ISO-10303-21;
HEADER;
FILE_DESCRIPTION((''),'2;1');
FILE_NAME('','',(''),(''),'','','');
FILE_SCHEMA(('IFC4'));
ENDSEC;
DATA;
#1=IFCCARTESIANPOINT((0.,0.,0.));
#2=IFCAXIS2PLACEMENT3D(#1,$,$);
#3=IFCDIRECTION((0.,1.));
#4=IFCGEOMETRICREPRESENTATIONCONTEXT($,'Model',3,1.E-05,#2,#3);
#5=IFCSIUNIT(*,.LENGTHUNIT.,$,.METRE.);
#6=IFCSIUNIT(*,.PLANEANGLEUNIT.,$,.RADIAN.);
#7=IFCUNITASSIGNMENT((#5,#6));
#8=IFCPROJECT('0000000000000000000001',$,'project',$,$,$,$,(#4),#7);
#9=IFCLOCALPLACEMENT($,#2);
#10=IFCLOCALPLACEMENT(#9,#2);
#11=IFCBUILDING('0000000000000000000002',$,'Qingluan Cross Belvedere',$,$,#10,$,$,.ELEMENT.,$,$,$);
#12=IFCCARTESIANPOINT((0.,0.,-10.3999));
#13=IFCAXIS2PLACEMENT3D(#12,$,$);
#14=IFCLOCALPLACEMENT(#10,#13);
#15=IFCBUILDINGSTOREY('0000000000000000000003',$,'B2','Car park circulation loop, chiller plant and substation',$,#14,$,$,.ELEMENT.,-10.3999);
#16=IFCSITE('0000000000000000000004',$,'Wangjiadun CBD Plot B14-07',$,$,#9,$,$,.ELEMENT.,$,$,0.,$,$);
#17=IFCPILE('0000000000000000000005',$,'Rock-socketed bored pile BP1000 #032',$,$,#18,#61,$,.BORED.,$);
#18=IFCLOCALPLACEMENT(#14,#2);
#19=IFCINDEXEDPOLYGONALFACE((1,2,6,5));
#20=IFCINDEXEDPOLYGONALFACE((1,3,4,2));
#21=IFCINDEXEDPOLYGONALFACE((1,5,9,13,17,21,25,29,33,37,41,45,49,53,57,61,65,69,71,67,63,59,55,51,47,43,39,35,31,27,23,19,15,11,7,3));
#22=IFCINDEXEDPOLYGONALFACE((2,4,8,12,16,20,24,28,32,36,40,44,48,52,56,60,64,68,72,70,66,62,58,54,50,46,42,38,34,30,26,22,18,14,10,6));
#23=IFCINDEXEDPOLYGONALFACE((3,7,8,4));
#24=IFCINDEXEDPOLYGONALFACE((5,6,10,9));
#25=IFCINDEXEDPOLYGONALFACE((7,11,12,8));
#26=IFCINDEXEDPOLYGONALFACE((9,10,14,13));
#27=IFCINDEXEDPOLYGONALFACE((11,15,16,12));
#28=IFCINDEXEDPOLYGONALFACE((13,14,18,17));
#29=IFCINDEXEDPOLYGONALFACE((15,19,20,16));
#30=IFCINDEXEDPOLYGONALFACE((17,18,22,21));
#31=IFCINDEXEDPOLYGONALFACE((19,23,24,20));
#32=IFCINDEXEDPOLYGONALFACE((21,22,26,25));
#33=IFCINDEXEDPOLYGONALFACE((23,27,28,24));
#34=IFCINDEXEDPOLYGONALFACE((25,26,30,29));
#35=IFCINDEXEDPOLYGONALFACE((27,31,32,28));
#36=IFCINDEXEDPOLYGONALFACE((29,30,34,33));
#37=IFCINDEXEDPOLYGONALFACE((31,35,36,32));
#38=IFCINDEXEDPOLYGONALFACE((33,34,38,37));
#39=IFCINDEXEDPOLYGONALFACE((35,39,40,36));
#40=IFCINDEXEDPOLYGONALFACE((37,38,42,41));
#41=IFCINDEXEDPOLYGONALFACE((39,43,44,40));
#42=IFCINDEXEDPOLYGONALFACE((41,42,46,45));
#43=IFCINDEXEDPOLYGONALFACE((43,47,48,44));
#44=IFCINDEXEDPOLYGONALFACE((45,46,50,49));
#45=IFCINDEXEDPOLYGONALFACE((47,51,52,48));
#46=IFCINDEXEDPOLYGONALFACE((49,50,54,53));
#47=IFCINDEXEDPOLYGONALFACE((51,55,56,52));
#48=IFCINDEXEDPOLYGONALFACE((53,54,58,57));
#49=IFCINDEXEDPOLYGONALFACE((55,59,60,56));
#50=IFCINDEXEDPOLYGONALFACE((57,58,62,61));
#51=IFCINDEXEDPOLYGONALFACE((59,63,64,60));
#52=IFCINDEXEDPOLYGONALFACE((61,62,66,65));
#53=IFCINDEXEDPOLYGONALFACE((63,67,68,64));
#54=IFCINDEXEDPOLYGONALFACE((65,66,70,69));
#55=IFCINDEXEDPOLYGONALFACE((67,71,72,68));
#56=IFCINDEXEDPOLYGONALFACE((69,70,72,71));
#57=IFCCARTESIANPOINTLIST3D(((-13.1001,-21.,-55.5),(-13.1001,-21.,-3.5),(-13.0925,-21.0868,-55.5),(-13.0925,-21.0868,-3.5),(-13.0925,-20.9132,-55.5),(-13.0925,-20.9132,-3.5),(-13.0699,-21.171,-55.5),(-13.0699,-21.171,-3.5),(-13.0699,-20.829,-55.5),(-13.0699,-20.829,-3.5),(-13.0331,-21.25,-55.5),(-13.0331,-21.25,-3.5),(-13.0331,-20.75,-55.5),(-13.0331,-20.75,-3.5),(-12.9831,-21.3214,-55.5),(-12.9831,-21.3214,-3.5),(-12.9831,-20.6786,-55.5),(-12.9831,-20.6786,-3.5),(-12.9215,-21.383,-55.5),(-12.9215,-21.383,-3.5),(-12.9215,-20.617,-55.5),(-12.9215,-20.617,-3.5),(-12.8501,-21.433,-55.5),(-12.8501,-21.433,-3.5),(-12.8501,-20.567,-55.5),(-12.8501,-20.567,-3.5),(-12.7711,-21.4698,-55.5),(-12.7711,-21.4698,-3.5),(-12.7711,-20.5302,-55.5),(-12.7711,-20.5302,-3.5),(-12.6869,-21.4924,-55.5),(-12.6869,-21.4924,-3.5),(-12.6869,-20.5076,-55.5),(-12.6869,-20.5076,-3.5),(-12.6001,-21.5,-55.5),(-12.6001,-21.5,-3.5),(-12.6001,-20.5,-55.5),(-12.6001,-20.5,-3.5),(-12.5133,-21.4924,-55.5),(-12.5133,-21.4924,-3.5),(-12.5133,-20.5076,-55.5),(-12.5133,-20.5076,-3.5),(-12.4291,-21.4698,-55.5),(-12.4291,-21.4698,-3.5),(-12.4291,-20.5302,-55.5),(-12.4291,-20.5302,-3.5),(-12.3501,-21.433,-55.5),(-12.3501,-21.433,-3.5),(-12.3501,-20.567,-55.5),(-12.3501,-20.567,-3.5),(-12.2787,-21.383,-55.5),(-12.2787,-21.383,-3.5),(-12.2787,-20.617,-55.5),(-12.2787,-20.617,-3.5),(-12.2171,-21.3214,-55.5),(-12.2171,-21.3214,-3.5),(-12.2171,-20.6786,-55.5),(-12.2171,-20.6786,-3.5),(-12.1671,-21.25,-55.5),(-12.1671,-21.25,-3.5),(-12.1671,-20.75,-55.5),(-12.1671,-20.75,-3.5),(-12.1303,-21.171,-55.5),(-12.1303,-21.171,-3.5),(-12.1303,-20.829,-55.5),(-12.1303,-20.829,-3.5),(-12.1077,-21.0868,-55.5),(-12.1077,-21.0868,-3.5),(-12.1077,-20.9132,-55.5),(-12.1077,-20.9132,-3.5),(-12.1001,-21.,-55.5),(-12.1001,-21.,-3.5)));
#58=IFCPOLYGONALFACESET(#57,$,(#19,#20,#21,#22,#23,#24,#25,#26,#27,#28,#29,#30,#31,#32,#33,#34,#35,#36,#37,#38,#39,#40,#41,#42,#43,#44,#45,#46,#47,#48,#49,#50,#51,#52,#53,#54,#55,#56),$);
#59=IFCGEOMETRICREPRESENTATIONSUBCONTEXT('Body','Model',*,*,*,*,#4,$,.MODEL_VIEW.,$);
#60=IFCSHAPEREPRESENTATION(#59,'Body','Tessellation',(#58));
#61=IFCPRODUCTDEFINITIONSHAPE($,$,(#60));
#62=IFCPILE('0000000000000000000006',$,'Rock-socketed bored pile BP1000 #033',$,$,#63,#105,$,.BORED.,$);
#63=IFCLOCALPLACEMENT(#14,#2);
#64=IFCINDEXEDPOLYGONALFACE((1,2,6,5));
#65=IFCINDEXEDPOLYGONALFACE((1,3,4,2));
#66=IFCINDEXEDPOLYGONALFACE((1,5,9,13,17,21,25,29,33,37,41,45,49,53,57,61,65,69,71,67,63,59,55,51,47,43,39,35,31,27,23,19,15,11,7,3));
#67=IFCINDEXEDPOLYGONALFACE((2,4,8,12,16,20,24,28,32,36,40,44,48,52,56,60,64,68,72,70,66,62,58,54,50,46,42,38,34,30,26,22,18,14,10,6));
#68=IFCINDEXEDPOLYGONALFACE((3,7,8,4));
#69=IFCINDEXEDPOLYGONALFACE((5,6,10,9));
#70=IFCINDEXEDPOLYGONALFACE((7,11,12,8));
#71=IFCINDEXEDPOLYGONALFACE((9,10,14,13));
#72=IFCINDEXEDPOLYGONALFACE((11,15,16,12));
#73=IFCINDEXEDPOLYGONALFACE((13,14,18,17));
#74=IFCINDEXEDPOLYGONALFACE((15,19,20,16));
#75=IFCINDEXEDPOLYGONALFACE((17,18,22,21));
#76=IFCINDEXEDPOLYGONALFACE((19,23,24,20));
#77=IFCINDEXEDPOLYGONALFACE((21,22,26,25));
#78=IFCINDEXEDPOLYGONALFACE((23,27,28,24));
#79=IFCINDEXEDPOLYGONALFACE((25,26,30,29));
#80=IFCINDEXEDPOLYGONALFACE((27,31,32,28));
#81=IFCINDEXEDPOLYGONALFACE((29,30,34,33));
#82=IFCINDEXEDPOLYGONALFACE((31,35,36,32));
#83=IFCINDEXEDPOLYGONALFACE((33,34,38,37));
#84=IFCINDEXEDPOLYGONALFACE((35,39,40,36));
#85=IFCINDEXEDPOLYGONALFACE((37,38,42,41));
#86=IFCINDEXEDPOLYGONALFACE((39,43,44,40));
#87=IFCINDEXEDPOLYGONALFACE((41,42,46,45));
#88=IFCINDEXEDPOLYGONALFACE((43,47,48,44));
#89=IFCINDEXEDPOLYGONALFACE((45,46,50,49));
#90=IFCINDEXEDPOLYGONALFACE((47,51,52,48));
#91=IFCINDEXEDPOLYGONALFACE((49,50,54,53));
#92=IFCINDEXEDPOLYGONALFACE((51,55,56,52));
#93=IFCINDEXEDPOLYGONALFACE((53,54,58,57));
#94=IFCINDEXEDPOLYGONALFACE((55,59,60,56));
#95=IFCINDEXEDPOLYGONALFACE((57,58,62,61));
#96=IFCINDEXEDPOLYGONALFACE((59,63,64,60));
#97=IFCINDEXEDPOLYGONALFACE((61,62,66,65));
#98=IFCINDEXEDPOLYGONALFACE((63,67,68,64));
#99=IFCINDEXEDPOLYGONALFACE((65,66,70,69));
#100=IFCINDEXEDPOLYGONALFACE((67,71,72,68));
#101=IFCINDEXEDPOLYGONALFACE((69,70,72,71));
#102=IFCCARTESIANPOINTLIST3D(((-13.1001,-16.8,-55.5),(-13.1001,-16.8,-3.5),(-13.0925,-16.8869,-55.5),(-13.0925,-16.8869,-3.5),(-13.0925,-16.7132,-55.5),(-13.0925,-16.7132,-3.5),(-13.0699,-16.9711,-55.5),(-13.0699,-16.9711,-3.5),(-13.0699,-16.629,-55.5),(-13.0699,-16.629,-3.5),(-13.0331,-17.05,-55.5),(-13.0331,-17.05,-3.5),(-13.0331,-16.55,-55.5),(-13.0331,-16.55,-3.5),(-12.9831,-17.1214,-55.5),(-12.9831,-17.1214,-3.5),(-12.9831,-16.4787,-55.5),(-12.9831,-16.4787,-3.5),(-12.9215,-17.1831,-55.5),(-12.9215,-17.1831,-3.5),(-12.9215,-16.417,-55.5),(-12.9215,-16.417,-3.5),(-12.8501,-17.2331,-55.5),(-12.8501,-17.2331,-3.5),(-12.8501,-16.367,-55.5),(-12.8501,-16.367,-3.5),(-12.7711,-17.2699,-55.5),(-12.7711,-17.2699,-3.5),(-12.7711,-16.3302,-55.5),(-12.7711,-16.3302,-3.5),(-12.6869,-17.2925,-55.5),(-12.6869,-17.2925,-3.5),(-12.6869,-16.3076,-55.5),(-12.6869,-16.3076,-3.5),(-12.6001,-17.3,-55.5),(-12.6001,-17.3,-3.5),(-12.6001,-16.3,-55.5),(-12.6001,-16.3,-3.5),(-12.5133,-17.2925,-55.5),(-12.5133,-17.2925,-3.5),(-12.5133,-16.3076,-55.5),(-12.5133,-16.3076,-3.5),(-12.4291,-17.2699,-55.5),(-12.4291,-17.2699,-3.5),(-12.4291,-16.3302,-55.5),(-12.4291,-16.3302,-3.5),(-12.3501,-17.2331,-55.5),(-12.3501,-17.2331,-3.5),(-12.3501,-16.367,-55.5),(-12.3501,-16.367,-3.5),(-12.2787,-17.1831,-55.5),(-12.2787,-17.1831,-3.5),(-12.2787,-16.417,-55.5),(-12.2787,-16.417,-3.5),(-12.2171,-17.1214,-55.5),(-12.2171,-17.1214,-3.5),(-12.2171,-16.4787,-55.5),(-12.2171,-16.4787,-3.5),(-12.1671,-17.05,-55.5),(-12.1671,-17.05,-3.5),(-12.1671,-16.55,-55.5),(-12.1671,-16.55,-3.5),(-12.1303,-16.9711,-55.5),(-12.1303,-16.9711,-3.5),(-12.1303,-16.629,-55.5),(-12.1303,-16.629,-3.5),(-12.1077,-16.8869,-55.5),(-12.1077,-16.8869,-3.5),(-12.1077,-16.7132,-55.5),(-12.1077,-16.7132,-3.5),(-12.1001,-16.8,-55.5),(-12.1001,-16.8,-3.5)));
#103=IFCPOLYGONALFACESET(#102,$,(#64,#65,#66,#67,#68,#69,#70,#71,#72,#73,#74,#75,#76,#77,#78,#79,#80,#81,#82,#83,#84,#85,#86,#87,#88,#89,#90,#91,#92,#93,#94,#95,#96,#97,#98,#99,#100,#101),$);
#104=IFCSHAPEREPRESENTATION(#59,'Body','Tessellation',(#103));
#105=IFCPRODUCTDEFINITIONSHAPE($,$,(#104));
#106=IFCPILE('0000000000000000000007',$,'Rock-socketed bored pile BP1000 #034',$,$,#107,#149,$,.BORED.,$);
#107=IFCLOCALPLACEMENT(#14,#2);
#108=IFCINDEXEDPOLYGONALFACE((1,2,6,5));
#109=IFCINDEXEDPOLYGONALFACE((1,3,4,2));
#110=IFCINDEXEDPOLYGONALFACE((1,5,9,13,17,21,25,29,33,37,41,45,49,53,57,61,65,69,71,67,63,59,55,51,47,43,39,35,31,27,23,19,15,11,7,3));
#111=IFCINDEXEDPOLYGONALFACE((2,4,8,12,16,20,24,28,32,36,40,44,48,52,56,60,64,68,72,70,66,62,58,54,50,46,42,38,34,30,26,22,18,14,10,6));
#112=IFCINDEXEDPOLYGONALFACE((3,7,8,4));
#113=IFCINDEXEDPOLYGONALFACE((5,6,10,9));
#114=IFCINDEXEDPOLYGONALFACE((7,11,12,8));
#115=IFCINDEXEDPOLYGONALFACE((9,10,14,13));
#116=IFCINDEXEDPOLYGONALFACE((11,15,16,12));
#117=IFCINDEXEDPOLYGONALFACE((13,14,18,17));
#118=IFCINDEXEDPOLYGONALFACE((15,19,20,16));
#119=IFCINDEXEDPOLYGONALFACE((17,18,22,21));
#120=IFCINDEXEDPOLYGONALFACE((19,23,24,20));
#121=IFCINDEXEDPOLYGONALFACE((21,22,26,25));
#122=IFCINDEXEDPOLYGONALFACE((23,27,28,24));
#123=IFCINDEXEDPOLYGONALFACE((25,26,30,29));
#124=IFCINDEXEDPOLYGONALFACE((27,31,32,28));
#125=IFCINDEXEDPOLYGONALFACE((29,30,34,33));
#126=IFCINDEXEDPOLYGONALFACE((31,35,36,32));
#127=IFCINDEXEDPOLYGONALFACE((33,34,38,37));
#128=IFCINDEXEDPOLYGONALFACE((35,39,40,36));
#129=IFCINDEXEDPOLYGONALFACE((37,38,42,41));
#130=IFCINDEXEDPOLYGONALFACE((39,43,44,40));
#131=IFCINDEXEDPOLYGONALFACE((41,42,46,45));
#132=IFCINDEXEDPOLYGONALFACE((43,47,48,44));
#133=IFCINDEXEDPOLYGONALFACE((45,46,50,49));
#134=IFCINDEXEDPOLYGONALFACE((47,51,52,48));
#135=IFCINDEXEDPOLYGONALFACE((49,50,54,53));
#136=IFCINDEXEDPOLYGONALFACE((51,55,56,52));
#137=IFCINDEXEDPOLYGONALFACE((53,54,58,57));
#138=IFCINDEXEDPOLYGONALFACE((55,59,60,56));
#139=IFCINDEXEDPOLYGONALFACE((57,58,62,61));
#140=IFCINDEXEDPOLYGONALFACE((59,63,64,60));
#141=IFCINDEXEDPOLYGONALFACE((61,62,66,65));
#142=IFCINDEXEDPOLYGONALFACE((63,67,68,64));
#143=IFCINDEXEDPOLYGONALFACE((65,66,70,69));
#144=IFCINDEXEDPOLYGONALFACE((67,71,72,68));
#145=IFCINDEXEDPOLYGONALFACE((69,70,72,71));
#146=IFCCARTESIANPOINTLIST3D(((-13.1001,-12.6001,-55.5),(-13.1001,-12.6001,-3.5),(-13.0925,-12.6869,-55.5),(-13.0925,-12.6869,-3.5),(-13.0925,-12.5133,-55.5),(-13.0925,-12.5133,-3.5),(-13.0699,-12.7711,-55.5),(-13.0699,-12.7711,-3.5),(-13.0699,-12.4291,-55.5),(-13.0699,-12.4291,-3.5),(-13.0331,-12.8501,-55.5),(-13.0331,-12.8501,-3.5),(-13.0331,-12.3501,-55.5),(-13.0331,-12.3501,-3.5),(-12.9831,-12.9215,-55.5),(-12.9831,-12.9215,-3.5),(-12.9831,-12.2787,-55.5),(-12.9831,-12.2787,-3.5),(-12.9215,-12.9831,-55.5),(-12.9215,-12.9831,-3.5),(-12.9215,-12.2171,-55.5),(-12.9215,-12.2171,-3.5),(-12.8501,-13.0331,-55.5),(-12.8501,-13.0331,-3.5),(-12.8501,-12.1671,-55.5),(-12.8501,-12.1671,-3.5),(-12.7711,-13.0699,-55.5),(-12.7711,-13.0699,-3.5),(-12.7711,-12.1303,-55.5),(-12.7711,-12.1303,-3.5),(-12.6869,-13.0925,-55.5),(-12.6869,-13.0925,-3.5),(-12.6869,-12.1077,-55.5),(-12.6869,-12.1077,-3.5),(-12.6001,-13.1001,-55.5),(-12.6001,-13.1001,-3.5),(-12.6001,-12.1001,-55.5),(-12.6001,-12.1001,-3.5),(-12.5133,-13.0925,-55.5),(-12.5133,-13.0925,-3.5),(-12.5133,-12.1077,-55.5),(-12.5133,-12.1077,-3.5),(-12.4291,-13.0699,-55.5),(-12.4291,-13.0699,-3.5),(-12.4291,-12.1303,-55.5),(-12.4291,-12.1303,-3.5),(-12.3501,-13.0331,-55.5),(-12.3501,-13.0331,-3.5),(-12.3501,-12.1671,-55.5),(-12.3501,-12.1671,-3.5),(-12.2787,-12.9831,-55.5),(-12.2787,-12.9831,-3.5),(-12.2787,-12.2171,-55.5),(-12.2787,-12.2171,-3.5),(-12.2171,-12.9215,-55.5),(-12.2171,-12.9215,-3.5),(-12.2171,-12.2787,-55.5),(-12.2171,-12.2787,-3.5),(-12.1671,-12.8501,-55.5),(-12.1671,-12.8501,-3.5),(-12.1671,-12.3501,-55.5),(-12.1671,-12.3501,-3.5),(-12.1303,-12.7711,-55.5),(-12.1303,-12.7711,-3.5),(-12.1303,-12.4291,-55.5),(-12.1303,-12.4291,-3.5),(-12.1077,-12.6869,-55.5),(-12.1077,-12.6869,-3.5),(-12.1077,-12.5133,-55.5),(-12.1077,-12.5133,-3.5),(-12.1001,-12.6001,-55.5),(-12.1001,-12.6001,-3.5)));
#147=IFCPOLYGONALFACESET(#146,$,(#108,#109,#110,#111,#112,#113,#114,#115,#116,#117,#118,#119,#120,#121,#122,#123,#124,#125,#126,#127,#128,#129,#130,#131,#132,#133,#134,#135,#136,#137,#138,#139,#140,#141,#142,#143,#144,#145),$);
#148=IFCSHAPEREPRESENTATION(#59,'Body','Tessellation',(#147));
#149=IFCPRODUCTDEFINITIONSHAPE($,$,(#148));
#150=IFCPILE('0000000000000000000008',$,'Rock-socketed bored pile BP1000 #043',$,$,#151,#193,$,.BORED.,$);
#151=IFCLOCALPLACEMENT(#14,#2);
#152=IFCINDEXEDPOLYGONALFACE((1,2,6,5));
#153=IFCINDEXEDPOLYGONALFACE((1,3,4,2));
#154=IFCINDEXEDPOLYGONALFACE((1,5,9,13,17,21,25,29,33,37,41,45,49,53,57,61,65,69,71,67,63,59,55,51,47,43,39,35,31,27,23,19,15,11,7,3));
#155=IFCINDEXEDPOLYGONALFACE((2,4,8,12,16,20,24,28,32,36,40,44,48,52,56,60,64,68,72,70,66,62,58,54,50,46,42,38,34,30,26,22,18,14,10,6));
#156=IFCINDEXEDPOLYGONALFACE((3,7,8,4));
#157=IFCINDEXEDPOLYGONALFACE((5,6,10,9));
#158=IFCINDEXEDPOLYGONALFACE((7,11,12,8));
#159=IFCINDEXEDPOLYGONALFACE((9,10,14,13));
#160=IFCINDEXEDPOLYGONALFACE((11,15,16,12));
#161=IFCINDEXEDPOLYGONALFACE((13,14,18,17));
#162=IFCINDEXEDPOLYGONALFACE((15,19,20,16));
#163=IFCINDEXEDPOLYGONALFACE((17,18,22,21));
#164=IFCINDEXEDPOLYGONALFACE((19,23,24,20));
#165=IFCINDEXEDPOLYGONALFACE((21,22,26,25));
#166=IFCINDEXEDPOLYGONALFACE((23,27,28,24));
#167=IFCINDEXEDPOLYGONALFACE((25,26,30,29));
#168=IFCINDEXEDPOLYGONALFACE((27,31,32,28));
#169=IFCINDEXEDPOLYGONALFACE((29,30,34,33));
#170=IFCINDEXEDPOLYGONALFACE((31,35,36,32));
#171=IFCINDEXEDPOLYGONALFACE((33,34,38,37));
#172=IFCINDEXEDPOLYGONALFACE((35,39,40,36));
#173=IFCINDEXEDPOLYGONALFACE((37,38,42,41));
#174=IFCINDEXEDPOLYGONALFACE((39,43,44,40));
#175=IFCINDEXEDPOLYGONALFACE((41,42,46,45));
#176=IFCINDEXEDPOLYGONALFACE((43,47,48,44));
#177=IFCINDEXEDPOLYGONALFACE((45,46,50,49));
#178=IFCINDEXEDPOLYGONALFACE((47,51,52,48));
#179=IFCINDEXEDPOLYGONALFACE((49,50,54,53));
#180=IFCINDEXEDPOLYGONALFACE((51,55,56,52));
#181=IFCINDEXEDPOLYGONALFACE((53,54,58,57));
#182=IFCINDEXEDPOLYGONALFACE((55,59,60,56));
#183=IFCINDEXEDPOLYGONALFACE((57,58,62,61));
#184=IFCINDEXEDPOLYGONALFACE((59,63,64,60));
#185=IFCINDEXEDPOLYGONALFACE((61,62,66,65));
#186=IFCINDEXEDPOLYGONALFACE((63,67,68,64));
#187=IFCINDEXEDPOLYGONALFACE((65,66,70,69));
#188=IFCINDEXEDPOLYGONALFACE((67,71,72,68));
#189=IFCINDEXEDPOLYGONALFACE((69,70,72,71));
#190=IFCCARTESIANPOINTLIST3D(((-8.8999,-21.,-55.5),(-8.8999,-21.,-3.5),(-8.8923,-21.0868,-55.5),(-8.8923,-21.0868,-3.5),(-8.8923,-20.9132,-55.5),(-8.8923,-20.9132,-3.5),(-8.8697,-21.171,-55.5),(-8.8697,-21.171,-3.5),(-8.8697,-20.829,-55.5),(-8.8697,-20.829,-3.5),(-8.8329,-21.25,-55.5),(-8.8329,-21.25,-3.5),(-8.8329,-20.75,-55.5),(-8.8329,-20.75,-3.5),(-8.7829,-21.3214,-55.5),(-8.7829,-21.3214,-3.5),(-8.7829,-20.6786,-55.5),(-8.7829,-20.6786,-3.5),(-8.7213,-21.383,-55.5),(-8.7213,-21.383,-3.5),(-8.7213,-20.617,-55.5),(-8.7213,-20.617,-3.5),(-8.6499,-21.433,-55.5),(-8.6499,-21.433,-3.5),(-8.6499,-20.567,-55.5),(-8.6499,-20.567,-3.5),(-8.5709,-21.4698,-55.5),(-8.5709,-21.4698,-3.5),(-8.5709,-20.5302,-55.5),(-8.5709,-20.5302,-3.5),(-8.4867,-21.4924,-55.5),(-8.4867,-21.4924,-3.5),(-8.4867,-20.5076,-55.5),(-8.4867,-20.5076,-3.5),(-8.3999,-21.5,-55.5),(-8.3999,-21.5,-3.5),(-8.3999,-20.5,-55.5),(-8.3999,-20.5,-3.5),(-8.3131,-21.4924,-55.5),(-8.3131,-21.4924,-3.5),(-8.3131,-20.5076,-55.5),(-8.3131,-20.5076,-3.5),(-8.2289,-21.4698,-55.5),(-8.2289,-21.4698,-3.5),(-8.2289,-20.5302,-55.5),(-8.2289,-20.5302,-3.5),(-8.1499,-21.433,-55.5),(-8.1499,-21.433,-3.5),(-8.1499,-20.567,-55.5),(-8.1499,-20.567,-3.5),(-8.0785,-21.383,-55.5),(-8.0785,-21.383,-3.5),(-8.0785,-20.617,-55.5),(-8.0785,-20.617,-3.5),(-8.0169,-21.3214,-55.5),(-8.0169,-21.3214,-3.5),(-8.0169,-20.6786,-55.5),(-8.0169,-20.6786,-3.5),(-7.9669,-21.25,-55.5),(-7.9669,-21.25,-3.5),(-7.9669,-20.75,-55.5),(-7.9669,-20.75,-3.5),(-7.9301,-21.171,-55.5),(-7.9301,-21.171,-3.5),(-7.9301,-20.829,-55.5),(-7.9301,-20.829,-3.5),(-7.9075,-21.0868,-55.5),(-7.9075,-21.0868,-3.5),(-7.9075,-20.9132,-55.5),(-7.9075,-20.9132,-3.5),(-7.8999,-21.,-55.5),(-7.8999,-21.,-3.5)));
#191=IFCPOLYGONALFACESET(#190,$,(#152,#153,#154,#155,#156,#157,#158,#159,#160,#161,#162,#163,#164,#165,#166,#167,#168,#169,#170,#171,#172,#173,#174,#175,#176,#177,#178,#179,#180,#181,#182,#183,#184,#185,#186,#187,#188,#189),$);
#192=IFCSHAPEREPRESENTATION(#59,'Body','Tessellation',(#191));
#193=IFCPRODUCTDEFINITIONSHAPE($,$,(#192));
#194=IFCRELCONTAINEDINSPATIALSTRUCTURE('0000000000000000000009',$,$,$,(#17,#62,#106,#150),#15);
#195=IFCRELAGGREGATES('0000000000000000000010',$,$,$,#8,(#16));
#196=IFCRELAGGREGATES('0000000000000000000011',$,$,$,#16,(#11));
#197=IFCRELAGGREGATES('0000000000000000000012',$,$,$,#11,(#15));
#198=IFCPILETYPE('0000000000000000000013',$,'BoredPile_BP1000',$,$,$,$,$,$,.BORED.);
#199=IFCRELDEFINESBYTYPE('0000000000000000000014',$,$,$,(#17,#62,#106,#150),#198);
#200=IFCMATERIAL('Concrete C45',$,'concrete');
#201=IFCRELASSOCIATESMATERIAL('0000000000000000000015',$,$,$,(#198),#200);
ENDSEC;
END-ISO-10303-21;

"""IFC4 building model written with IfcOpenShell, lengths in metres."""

from ifc_helpers import new_model, si_unit, direction, frame, origin, origin_2d, place, context, subcontext, project, spatial, circle, extrude, material, material_profile, profile_set, type_object, element, save


model = new_model("IFC4")

# Units and contexts
model_context = context("Model", 3, precision=1e-05, world=origin(), true_north=direction((0.0, 1.0)))
body_context = subcontext(model_context, "Body", "Model", "MODEL_VIEW")
ifc_project = project(units=[si_unit("LENGTHUNIT", "METRE"), si_unit("PLANEANGLEUNIT", "RADIAN")], contexts=[model_context])

# Site, building, storey
site_placement = place(None, origin())
site = spatial("IfcSite", under=ifc_project, at=site_placement, Name="Wangjiadun CBD Plot B14-07", CompositionType="ELEMENT", RefElevation=0.0)
building_placement = place(site_placement, origin())
building = spatial("IfcBuilding", under=site, at=building_placement, Name="Qingluan Cross Belvedere", CompositionType="ELEMENT")
storey_placement = place(building_placement, frame((0.0, 0.0, -10.3999)))
storey = spatial("IfcBuildingStorey", under=building, at=storey_placement, Name="B2", Description="Car park circulation loop, chiller plant and substation", CompositionType="ELEMENT", Elevation=-10.3999)

# Piles
ifc_material_1 = material(Name="Concrete C45", Category="concrete")
ifc_material_profile_1 = material_profile(ifc_material_1, circle(Radius=0.5, at=origin_2d()), Name="BP1000")
ifc_profile_set_1 = profile_set([ifc_material_profile_1], Name="Concrete C45")
pile_type = type_object("IfcPileType", Name="BoredPile_BP1000", PredefinedType="BORED", material=ifc_profile_set_1)
for number, where, z_axis, x_axis, name in (
    (1, (-12.6001, -21.0, -3.5), (0.0, 0.0, -1.0), (1.0, 0.0, 0.0), "Rock-socketed bored pile BP1000 #032"),
    (2, (-12.6001, -16.8, -3.5), (0.0, 0.0, -1.0), (1.0, 0.0, 0.0), "Rock-socketed bored pile BP1000 #033"),
    (3, (-12.6001, -12.6001, -3.5), (0.0, 0.0, -1.0), (1.0, 0.0, 0.0), "Rock-socketed bored pile BP1000 #034"),
    (4, (-8.3999, -21.0, -3.5), (0.0, 0.0, -1.0), (1.0, 0.0, 0.0), "Rock-socketed bored pile BP1000 #043"),
):
    element("IfcPile", number, at=place(storey_placement, frame(where, z_axis=z_axis, x_axis=x_axis)), inside=storey, type_object=pile_type, Name=name, PredefinedType="BORED", context=body_context, shape_type="SweptSolid", body=[
        extrude(circle(Radius=0.5, at=origin_2d()), origin(), (0.0, 0.0, 1.0), 52.0),
    ])

save(model, "model.ifc")
